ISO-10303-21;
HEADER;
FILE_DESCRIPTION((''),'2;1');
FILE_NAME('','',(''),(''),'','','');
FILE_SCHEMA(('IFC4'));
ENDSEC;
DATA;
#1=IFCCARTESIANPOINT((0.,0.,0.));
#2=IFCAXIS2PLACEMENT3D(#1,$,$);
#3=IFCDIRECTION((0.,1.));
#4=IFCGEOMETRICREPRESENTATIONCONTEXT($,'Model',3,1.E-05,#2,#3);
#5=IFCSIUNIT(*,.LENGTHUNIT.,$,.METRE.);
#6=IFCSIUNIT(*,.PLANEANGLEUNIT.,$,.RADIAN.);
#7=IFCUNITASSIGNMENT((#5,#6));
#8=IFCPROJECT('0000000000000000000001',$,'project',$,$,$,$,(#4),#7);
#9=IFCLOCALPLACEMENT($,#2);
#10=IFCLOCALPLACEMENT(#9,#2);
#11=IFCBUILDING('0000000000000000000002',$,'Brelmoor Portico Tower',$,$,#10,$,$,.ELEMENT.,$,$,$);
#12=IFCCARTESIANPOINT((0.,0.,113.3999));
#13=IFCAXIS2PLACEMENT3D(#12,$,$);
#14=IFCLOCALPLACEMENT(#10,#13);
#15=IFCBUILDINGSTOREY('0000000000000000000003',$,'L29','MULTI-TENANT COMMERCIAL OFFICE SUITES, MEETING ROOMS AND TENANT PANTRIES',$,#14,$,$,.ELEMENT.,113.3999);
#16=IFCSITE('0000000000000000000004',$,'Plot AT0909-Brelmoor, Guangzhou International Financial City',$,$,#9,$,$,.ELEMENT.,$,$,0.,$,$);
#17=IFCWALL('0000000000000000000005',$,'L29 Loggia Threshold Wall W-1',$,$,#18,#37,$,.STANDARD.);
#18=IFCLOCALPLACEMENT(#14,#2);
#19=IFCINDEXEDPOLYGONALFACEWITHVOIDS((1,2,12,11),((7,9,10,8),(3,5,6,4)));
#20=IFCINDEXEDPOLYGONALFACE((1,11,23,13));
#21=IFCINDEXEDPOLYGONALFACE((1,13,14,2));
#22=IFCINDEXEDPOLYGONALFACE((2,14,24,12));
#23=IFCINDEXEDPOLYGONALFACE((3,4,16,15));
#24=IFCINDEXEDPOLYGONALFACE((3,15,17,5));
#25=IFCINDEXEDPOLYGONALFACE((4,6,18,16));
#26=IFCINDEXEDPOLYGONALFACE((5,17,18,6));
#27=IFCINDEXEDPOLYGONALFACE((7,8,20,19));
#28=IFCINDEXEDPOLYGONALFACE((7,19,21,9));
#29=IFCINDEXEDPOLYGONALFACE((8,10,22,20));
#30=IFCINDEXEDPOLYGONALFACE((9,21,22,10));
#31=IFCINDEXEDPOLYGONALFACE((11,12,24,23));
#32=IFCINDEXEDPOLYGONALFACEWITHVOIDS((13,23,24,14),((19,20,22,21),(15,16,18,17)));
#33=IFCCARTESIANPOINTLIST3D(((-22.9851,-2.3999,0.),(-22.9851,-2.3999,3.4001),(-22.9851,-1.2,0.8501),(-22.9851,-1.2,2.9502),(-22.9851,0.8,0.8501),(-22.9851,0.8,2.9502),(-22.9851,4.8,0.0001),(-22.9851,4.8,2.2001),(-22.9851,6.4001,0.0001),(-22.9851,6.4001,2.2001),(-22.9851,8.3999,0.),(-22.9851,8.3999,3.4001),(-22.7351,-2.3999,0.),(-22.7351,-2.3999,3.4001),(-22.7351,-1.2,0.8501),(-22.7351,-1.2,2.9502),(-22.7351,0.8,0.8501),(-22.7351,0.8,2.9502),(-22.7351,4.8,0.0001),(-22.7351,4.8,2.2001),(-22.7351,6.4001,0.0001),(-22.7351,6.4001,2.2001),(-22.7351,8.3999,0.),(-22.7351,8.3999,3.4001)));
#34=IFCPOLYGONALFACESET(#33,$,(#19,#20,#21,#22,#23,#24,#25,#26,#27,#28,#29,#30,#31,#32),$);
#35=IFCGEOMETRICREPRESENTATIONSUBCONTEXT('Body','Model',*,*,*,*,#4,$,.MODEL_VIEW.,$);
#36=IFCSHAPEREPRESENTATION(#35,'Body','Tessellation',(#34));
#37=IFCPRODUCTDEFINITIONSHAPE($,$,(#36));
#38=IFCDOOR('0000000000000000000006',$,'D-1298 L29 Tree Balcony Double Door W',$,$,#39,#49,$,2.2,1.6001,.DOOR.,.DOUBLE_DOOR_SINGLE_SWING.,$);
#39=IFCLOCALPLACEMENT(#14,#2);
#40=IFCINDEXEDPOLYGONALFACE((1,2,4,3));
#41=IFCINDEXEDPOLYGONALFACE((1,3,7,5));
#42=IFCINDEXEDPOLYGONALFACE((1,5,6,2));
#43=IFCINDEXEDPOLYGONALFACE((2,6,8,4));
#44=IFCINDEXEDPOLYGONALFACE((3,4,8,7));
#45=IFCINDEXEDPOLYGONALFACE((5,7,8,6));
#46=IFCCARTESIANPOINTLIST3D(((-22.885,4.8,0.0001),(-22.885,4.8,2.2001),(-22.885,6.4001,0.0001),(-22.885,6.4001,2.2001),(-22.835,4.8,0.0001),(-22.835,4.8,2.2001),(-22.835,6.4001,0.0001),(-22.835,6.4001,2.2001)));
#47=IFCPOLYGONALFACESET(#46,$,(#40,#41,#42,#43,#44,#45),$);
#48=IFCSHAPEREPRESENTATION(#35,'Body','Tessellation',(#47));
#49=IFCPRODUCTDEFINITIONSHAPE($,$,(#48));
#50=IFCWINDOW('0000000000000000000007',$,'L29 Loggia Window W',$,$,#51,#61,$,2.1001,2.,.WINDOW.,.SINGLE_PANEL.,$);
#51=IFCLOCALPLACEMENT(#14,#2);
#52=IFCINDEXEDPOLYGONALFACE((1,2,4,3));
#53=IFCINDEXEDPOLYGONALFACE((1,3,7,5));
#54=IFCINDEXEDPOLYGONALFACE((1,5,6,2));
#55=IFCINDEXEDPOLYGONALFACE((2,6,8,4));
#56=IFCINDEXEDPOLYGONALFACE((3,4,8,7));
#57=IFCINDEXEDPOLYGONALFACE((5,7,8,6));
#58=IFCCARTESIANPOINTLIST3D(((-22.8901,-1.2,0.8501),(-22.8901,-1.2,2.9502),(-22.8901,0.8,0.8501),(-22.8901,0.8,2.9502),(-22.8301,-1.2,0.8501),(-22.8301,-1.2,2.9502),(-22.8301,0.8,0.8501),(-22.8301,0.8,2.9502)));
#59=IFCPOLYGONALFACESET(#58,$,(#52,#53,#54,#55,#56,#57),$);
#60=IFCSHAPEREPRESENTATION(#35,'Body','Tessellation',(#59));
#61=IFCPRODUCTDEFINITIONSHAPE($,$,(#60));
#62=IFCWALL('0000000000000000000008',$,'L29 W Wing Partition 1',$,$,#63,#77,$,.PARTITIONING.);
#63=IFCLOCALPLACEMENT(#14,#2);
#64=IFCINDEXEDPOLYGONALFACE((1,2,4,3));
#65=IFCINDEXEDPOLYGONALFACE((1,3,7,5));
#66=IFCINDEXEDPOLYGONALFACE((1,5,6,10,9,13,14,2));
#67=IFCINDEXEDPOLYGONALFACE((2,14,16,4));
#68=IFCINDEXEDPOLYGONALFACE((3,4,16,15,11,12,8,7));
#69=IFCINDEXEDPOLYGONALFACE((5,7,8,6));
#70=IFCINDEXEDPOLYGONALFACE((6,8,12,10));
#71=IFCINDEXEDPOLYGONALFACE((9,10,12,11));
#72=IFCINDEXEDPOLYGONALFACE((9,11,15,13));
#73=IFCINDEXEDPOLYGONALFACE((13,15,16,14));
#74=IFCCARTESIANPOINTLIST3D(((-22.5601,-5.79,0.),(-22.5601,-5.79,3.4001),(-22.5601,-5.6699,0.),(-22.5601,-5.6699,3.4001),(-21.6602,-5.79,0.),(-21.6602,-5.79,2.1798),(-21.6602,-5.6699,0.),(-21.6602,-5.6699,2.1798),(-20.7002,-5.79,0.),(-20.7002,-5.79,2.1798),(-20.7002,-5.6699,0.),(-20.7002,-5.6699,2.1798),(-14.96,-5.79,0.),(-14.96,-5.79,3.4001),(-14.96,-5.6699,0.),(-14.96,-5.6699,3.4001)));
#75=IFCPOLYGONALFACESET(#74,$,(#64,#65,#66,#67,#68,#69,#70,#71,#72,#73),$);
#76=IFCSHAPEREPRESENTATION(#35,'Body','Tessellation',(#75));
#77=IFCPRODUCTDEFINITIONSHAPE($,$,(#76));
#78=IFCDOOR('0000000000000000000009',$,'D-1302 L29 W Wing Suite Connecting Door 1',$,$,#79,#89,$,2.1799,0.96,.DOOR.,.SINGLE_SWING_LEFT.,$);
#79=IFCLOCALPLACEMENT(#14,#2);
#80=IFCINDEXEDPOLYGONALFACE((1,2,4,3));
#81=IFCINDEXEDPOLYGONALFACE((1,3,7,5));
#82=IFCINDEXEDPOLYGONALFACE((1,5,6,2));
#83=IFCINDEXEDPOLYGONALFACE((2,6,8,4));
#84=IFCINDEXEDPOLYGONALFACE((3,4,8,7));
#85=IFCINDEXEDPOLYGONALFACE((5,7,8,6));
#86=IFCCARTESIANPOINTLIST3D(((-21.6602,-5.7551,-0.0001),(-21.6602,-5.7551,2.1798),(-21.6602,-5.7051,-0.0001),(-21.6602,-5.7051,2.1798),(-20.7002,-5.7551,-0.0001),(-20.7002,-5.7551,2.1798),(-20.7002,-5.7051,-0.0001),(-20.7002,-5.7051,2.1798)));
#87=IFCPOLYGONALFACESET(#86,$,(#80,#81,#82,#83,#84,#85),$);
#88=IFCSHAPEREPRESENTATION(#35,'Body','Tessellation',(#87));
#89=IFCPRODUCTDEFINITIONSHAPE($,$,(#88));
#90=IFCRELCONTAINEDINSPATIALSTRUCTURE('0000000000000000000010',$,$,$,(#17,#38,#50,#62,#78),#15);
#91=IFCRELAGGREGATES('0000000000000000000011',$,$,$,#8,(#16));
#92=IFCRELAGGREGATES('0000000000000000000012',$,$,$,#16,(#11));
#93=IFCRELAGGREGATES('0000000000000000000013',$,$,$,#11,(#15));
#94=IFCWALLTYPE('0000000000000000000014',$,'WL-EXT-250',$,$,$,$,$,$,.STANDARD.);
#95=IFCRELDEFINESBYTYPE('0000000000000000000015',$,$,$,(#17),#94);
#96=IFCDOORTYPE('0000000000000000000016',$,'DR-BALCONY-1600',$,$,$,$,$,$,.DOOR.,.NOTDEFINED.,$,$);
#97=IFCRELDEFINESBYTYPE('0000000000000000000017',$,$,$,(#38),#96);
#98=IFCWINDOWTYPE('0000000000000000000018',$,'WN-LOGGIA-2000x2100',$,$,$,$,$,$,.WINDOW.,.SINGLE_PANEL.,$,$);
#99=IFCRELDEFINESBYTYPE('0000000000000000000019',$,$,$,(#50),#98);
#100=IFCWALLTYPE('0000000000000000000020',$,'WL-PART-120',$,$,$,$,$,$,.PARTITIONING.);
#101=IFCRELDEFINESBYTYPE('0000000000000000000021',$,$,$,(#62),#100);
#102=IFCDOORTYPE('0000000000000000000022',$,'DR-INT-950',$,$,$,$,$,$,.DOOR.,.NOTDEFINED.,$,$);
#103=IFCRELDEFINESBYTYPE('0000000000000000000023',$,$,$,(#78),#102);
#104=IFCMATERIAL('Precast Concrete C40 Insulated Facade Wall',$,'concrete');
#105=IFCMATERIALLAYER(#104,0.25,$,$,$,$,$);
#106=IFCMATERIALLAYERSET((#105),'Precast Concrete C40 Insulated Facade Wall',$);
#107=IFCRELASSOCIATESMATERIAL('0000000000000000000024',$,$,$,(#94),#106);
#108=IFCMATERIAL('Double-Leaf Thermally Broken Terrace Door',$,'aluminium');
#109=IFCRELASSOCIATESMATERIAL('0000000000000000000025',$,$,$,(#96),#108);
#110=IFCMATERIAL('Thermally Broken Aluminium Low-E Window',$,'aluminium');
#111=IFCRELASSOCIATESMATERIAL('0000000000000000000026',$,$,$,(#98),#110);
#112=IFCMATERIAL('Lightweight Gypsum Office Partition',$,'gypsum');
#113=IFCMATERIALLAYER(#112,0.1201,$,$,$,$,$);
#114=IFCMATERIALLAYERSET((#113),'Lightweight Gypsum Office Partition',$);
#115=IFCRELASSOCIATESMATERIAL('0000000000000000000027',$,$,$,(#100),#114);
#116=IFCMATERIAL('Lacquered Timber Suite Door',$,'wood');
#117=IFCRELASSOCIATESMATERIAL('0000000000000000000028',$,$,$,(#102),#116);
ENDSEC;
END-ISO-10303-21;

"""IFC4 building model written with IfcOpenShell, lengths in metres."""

from ifc_helpers import new_model, si_unit, direction, frame, frame_2d, origin, place, context, subcontext, project, spatial, rectangle, extrude, material, layer, layer_set, type_object, element, fill, save


model = new_model("IFC4")

# Units and contexts
model_context = context("Model", 3, precision=1e-05, world=origin(), true_north=direction((0.0, 1.0)))
body_context = subcontext(model_context, "Body", "Model", "MODEL_VIEW")
ifc_project = project(units=[si_unit("LENGTHUNIT", "METRE"), si_unit("PLANEANGLEUNIT", "RADIAN")], contexts=[model_context])

# Site, building, storey
site_placement = place(None, origin())
site = spatial("IfcSite", under=ifc_project, at=site_placement, Name="Plot AT0909-Brelmoor, Guangzhou International Financial City", CompositionType="ELEMENT", RefElevation=0.0)
building_placement = place(site_placement, origin())
building = spatial("IfcBuilding", under=site, at=building_placement, Name="Brelmoor Portico Tower", CompositionType="ELEMENT")
storey_placement = place(building_placement, frame((0.0, 0.0, 113.3999)))
storey = spatial("IfcBuildingStorey", under=building, at=storey_placement, Name="L29", Description="MULTI-TENANT COMMERCIAL OFFICE SUITES, MEETING ROOMS AND TENANT PANTRIES", CompositionType="ELEMENT", Elevation=113.3999)

# Wall, openings, door, window
ifc_material_1 = material(Name="Precast Concrete C40 Insulated Facade Wall", Category="concrete")
ifc_layer_1 = layer(ifc_material_1, 0.25)
ifc_layer_set_1 = layer_set([ifc_layer_1], Name="Precast Concrete C40 Insulated Facade Wall")
wall_type_1 = type_object("IfcWallType", Name="WL-EXT-250", PredefinedType="STANDARD", material=ifc_layer_set_1)
wall_1_placement = place(storey_placement, frame((-22.8601, -2.3999, 0.0), z_axis=(0.0, 0.0, 1.0), x_axis=(0.0, 1.0, 0.0)))
wall_1 = element("IfcWall", 1, at=wall_1_placement, inside=storey, type_object=wall_type_1, Name="L29 Loggia Threshold Wall W-1", PredefinedType="STANDARD", context=body_context, shape_type="SweptSolid", body=[
    extrude(rectangle(XDim=10.7998, YDim=0.25, at=frame_2d((5.3999, 0.0))), origin(), (0.0, 0.0, 1.0), 3.4001),
])
opening_1_placement = place(wall_1_placement, frame((7.2, 0.0, 0.0)))
opening_1 = element("IfcOpeningElement", 2, at=opening_1_placement, cuts=wall_1, PredefinedType="OPENING", context=body_context, shape_type="SweptSolid", body=[
    extrude(rectangle(XDim=1.6001, YDim=2.2, at=frame_2d((0.8, 1.1001))), frame((0.0, 0.135, 0.0), z_axis=(0.0, -1.0, 0.0), x_axis=(1.0, 0.0, 0.0)), (0.0, 0.0, 1.0), 0.27),
])
opening_2_placement = place(wall_1_placement, frame((1.2, 0.0, 0.8501)))
opening_2 = element("IfcOpeningElement", 3, at=opening_2_placement, cuts=wall_1, PredefinedType="OPENING", context=body_context, shape_type="SweptSolid", body=[
    extrude(rectangle(XDim=2.0, YDim=2.1001, at=frame_2d((1.0, 1.05))), frame((0.0, 0.135, 0.0), z_axis=(0.0, -1.0, 0.0), x_axis=(1.0, 0.0, 0.0)), (0.0, 0.0, 1.0), 0.27),
])
ifc_material_2 = material(Name="Double-Leaf Thermally Broken Terrace Door", Category="aluminium")
door_type_1 = type_object("IfcDoorType", Name="DR-BALCONY-1600", OperationType="NOTDEFINED", PredefinedType="DOOR", material=ifc_material_2)
door_1_placement = place(opening_1_placement, origin())
door_1 = element("IfcDoor", 4, at=door_1_placement, inside=storey, type_object=door_type_1, Name="D-1298 L29 Tree Balcony Double Door W", OperationType="DOUBLE_DOOR_SINGLE_SWING", OverallHeight=2.2, OverallWidth=1.6001, PredefinedType="DOOR", context=body_context, shape_type="SweptSolid", body=[
    extrude(rectangle(XDim=1.6001, YDim=2.2, at=frame_2d((0.8, 1.1001))), frame((0.0, 0.0249, 0.0), z_axis=(0.0, -1.0, 0.0), x_axis=(1.0, 0.0, 0.0)), (0.0, 0.0, 1.0), 0.05),
])
fill(opening_1, door_1)
ifc_material_3 = material(Name="Thermally Broken Aluminium Low-E Window", Category="aluminium")
window_type = type_object("IfcWindowType", Name="WN-LOGGIA-2000x2100", PartitioningType="SINGLE_PANEL", PredefinedType="WINDOW", material=ifc_material_3)
window_placement = place(opening_2_placement, origin())
window = element("IfcWindow", 5, at=window_placement, inside=storey, type_object=window_type, Name="L29 Loggia Window W", OverallHeight=2.1001, OverallWidth=2.0, PartitioningType="SINGLE_PANEL", PredefinedType="WINDOW", context=body_context, shape_type="SweptSolid", body=[
    extrude(rectangle(XDim=2.0, YDim=2.1001, at=frame_2d((1.0, 1.05))), frame((0.0, 0.03, 0.0), z_axis=(0.0, -1.0, 0.0), x_axis=(1.0, 0.0, 0.0)), (0.0, 0.0, 1.0), 0.0601),
])
fill(opening_2, window)

# Wall, opening, door
ifc_material_4 = material(Name="Lightweight Gypsum Office Partition", Category="gypsum")
ifc_layer_2 = layer(ifc_material_4, 0.1201)
ifc_layer_set_2 = layer_set([ifc_layer_2], Name="Lightweight Gypsum Office Partition")
wall_type_2 = type_object("IfcWallType", Name="WL-PART-120", PredefinedType="PARTITIONING", material=ifc_layer_set_2)
wall_2_placement = place(storey_placement, frame((-22.5601, -5.73, 0.0), z_axis=(0.0, 0.0, 1.0), x_axis=(1.0, 0.0, 0.0)))
wall_2 = element("IfcWall", 6, at=wall_2_placement, inside=storey, type_object=wall_type_2, Name="L29 W Wing Partition 1", PredefinedType="PARTITIONING", context=body_context, shape_type="SweptSolid", body=[
    extrude(rectangle(XDim=7.6001, YDim=0.1201, at=frame_2d((3.8, 0.0))), origin(), (0.0, 0.0, 1.0), 3.4001),
])
opening_3_placement = place(wall_2_placement, frame((0.8999, 0.0, 0.0)))
opening_3 = element("IfcOpeningElement", 7, at=opening_3_placement, cuts=wall_2, PredefinedType="OPENING", context=body_context, shape_type="SweptSolid", body=[
    extrude(rectangle(XDim=0.96, YDim=2.1799, at=frame_2d((0.48, 1.0898))), frame((0.0, 0.0701, 0.0), z_axis=(0.0, -1.0, 0.0), x_axis=(1.0, 0.0, 0.0)), (0.0, 0.0, 1.0), 0.1401),
])
ifc_material_5 = material(Name="Lacquered Timber Suite Door", Category="wood")
door_type_2 = type_object("IfcDoorType", Name="DR-INT-950", OperationType="NOTDEFINED", PredefinedType="DOOR", material=ifc_material_5)
door_2_placement = place(opening_3_placement, origin())
door_2 = element("IfcDoor", 8, at=door_2_placement, inside=storey, type_object=door_type_2, Name="D-1302 L29 W Wing Suite Connecting Door 1", OperationType="SINGLE_SWING_LEFT", OverallHeight=2.1799, OverallWidth=0.96, PredefinedType="DOOR", context=body_context, shape_type="SweptSolid", body=[
    extrude(rectangle(XDim=0.96, YDim=2.1799, at=frame_2d((0.48, 1.0898))), frame((0.0, 0.0249, 0.0), z_axis=(0.0, -1.0, 0.0), x_axis=(1.0, 0.0, 0.0)), (0.0, 0.0, 1.0), 0.05),
])
fill(opening_3, door_2)

save(model, "model.ifc")
